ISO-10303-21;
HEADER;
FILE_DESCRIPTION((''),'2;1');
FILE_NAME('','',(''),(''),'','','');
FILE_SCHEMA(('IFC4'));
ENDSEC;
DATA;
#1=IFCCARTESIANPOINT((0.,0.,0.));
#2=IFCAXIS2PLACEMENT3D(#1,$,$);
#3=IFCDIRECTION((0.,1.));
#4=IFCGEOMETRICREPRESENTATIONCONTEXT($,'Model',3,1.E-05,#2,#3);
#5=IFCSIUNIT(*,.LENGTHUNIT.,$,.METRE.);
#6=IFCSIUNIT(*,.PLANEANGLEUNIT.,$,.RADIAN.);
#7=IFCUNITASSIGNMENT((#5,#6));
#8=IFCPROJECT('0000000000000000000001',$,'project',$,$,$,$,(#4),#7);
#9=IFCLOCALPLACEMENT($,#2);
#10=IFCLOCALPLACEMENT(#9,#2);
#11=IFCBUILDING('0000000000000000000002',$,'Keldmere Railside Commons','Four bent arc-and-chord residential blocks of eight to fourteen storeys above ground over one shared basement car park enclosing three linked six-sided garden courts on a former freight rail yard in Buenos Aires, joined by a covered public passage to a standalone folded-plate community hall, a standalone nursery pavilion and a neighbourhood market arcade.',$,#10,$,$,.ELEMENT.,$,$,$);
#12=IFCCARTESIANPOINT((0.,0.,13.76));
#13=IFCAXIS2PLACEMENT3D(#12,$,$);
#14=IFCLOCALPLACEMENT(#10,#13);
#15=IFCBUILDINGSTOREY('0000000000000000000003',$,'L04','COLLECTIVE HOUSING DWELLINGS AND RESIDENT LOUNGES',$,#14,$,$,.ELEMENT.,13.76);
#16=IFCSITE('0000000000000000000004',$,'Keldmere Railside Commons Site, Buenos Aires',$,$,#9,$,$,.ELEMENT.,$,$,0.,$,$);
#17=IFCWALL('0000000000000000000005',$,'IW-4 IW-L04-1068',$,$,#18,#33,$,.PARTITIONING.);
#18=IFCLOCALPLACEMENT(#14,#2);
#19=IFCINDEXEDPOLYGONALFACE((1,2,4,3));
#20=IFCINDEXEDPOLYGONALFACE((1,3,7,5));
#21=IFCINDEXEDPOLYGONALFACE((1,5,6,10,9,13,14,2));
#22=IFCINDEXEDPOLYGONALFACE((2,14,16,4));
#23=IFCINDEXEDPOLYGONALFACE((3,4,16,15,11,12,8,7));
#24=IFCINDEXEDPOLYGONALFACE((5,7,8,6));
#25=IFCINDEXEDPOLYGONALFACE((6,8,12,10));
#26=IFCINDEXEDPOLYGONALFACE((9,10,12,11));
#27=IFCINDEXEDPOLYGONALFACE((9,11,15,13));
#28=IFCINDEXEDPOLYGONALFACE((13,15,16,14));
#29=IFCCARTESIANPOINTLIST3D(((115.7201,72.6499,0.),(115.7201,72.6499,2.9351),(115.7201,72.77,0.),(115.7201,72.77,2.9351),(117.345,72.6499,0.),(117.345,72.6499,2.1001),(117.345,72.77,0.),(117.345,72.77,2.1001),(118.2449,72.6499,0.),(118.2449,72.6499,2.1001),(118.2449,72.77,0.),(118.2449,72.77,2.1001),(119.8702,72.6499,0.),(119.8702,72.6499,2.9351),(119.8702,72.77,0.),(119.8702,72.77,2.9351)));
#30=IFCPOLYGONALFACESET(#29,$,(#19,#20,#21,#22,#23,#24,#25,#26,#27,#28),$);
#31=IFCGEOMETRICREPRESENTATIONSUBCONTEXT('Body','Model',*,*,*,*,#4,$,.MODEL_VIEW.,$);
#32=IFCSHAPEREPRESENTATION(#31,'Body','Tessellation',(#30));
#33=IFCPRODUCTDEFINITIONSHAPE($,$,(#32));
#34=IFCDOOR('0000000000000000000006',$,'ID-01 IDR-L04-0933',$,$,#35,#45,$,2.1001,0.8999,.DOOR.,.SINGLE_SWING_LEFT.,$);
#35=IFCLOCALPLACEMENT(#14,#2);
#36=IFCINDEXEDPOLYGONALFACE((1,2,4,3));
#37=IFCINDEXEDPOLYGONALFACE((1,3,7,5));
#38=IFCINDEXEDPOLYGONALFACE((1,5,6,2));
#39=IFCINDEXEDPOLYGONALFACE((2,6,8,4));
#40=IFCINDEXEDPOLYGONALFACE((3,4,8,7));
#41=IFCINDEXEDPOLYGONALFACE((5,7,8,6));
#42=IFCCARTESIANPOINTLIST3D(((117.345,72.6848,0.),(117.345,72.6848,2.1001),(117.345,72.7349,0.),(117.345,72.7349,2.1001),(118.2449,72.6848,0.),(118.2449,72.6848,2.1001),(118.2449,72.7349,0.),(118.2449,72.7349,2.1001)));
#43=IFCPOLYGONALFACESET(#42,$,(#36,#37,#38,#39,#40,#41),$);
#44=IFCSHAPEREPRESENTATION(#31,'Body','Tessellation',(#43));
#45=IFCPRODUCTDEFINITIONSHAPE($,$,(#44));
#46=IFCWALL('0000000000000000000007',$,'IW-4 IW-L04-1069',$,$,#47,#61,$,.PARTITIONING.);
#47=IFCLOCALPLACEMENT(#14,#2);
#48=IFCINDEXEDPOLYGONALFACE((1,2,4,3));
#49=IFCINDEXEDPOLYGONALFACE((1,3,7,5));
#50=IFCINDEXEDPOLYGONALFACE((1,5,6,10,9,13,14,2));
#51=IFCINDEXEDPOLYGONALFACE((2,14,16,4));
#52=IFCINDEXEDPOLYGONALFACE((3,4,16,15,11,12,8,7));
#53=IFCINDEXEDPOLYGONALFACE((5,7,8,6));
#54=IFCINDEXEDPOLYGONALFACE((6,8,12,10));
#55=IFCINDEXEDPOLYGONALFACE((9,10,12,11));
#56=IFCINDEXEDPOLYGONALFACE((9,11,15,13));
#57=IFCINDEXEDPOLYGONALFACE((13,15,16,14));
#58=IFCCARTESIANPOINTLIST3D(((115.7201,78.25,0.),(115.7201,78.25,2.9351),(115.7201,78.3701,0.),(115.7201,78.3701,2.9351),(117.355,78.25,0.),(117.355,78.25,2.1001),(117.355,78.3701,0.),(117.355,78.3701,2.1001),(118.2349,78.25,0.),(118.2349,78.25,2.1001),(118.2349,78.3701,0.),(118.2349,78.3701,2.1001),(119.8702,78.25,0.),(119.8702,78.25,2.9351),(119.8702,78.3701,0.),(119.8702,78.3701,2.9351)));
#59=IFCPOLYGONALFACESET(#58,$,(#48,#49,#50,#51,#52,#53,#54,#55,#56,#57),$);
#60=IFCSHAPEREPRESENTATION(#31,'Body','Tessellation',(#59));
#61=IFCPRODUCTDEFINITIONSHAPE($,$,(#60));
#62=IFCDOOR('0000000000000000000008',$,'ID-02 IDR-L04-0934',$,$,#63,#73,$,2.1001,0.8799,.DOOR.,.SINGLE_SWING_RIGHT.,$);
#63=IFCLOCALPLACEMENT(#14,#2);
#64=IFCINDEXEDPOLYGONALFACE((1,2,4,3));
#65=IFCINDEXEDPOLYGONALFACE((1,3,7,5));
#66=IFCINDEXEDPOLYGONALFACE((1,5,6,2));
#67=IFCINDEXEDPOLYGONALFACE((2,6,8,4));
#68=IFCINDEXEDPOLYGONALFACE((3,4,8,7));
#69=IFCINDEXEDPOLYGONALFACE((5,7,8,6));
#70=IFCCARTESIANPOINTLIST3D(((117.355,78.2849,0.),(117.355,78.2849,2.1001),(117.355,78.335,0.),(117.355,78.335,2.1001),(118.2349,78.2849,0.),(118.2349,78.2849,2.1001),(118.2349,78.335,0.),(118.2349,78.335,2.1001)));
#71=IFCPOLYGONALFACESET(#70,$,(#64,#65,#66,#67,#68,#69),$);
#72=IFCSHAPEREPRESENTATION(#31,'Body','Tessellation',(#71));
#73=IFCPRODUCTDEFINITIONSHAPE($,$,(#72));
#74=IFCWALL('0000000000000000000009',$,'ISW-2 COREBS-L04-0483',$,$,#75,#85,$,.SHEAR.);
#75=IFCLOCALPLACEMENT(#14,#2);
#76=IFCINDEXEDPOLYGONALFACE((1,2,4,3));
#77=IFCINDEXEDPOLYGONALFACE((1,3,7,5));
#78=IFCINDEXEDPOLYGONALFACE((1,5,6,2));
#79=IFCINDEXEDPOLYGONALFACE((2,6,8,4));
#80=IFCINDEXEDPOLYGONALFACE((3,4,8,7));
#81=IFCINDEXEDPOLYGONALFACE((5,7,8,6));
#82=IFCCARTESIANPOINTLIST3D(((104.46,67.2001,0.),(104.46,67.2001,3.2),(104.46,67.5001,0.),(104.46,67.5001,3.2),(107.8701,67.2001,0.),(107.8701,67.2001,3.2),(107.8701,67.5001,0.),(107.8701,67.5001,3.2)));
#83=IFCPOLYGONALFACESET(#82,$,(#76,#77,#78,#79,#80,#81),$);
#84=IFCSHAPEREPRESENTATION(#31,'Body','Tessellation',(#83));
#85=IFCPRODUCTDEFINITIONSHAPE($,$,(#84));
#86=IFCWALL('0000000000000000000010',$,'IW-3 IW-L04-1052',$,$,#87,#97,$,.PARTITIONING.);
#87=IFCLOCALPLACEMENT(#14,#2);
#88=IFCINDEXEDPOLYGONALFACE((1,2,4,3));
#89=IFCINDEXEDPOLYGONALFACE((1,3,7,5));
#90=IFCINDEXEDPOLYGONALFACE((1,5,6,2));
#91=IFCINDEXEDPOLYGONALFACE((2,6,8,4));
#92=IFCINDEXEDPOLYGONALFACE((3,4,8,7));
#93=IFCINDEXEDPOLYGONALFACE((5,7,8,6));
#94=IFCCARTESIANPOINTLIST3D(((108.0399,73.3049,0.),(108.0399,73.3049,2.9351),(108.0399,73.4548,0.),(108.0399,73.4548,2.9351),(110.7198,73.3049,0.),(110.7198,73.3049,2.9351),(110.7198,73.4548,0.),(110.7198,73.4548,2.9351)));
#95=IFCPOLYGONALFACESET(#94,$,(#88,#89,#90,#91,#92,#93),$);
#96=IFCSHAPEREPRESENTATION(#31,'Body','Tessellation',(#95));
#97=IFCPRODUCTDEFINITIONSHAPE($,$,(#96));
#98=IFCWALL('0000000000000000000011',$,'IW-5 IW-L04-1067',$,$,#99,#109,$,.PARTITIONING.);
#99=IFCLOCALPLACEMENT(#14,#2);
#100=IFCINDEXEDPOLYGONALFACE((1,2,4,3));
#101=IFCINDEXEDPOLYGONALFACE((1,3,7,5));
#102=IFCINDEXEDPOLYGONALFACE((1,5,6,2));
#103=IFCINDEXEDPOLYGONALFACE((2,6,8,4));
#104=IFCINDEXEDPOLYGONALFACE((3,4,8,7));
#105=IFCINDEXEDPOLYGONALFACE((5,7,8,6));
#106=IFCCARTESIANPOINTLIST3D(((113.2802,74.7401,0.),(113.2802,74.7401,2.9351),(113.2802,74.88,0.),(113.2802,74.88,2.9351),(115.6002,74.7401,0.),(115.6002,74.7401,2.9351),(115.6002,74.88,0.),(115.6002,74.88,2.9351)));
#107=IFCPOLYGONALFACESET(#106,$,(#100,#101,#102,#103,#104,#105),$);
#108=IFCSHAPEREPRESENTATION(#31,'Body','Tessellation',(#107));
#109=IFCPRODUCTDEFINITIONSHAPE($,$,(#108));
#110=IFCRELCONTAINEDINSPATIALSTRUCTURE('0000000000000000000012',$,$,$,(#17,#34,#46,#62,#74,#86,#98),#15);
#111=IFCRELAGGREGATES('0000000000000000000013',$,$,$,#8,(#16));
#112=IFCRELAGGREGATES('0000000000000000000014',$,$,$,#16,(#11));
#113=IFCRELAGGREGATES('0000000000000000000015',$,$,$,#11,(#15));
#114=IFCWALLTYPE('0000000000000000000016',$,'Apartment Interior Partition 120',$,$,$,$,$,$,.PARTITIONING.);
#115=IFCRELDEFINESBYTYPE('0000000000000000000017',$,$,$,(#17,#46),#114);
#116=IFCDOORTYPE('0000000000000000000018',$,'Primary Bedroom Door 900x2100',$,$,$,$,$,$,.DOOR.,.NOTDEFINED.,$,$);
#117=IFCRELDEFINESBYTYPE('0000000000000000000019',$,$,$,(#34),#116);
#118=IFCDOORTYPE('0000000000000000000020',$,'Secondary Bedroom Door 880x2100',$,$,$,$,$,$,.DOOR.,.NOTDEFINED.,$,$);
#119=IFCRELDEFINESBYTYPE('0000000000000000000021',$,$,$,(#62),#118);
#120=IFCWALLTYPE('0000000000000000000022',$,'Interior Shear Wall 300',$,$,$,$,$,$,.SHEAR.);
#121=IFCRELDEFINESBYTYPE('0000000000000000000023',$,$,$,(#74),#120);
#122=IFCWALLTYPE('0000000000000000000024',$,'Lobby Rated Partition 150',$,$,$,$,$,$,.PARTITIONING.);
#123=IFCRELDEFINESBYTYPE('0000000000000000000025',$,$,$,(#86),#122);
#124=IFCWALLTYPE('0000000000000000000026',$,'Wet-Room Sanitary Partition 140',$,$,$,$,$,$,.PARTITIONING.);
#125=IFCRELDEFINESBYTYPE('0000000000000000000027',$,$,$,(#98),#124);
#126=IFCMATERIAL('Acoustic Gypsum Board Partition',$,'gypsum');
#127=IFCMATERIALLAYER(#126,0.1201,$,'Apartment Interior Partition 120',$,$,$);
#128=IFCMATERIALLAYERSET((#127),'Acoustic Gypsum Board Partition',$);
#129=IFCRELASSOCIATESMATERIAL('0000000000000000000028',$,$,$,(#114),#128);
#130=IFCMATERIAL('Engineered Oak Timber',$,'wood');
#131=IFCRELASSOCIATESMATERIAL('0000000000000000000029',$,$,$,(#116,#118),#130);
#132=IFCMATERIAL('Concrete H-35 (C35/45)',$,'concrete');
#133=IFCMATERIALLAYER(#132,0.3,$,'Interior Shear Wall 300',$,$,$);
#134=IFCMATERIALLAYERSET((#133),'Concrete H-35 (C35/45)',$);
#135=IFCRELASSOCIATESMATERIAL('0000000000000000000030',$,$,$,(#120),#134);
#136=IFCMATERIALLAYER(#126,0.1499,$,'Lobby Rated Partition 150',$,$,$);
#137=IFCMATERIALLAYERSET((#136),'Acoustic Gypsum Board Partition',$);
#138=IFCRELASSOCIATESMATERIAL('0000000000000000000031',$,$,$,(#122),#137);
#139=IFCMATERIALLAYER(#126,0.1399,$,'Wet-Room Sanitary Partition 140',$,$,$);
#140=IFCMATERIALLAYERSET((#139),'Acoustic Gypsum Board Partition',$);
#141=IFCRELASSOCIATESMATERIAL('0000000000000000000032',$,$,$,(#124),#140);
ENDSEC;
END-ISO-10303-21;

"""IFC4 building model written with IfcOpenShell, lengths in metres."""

from ifc_helpers import new_model, si_unit, direction, frame, frame_2d, origin, place, context, subcontext, project, spatial, rectangle, extrude, material, layer, layer_set, type_object, element, fill, save


model = new_model("IFC4")

# Units and contexts
model_context = context("Model", 3, precision=1e-05, world=origin(), true_north=direction((0.0, 1.0)))
body_context = subcontext(model_context, "Body", "Model", "MODEL_VIEW")
ifc_project = project(units=[si_unit("LENGTHUNIT", "METRE"), si_unit("PLANEANGLEUNIT", "RADIAN")], contexts=[model_context])

# Site, building, storey
site_placement = place(None, origin())
site = spatial("IfcSite", under=ifc_project, at=site_placement, Name="Keldmere Railside Commons Site, Buenos Aires", CompositionType="ELEMENT", RefElevation=0.0)
building_placement = place(site_placement, origin())
building = spatial("IfcBuilding", under=site, at=building_placement, Name="Keldmere Railside Commons", Description="Four bent arc-and-chord residential blocks of eight to fourteen storeys above ground over one shared basement car park enclosing three linked six-sided garden courts on a former freight rail yard in Buenos Aires, joined by a covered public passage to a standalone folded-plate community hall, a standalone nursery pavilion and a neighbourhood market arcade.", CompositionType="ELEMENT")
storey_placement = place(building_placement, frame((0.0, 0.0, 13.76)))
storey = spatial("IfcBuildingStorey", under=building, at=storey_placement, Name="L04", Description="COLLECTIVE HOUSING DWELLINGS AND RESIDENT LOUNGES", CompositionType="ELEMENT", Elevation=13.76)

# Shared definitions
ifc_material_1 = material(Name="Concrete H-35 (C35/45)", Category="concrete")

# Shared definitions
ifc_material_2 = material(Name="Acoustic Gypsum Board Partition", Category="gypsum")

# Shared definitions
ifc_layer_1 = layer(ifc_material_2, 0.1201, Name="Apartment Interior Partition 120")
ifc_layer_set_1 = layer_set([ifc_layer_1], Name="Acoustic Gypsum Board Partition")
wall_type_1 = type_object("IfcWallType", Name="Apartment Interior Partition 120", PredefinedType="PARTITIONING", material=ifc_layer_set_1)
ifc_material_3 = material(Name="Engineered Oak Timber", Category="wood")

# Walls, openings, doors
wall_1_placement = place(storey_placement, frame((115.72, 72.71, 0.0), z_axis=(0.0, 0.0, 1.0), x_axis=(1.0, 0.0, 0.0)))
wall_1 = element("IfcWall", 1, at=wall_1_placement, inside=storey, type_object=wall_type_1, Name="IW-4 IW-L04-1068", PredefinedType="PARTITIONING", context=body_context, shape_type="SweptSolid", body=[
    extrude(rectangle(XDim=4.1501, YDim=0.1201, at=frame_2d((2.0752, 0.0))), origin(), (0.0, 0.0, 1.0), 2.9351),
])
opening_1_placement = place(wall_1_placement, frame((1.625, 0.0, 0.0)))
opening_1 = element("IfcOpeningElement", 2, at=opening_1_placement, cuts=wall_1, PredefinedType="OPENING", context=body_context, shape_type="SweptSolid", body=[
    extrude(rectangle(XDim=0.8999, YDim=2.1001, at=frame_2d((0.45, 1.05))), frame((0.0, 0.0701, 0.0), z_axis=(0.0, -1.0, 0.0), x_axis=(1.0, 0.0, 0.0)), (0.0, 0.0, 1.0), 0.1401),
])
door_type_1 = type_object("IfcDoorType", Name="Primary Bedroom Door 900x2100", OperationType="NOTDEFINED", PredefinedType="DOOR", material=ifc_material_3)
door_1_placement = place(opening_1_placement, origin())
door_1 = element("IfcDoor", 3, at=door_1_placement, inside=storey, type_object=door_type_1, Name="ID-01 IDR-L04-0933", OperationType="SINGLE_SWING_LEFT", OverallHeight=2.1001, OverallWidth=0.8999, PredefinedType="DOOR", context=body_context, shape_type="SweptSolid", body=[
    extrude(rectangle(XDim=0.8999, YDim=2.1001, at=frame_2d((0.45, 1.05))), frame((0.0, 0.0249, 0.0), z_axis=(0.0, -1.0, 0.0), x_axis=(1.0, 0.0, 0.0)), (0.0, 0.0, 1.0), 0.05),
])
fill(opening_1, door_1)
wall_2_placement = place(storey_placement, frame((115.72, 78.3101, 0.0), z_axis=(0.0, 0.0, 1.0), x_axis=(1.0, 0.0, 0.0)))
wall_2 = element("IfcWall", 4, at=wall_2_placement, inside=storey, type_object=wall_type_1, Name="IW-4 IW-L04-1069", PredefinedType="PARTITIONING", context=body_context, shape_type="SweptSolid", body=[
    extrude(rectangle(XDim=4.1501, YDim=0.1201, at=frame_2d((2.0752, 0.0))), origin(), (0.0, 0.0, 1.0), 2.9351),
])
opening_2_placement = place(wall_2_placement, frame((1.635, 0.0, 0.0)))
opening_2 = element("IfcOpeningElement", 5, at=opening_2_placement, cuts=wall_2, PredefinedType="OPENING", context=body_context, shape_type="SweptSolid", body=[
    extrude(rectangle(XDim=0.8799, YDim=2.1001, at=frame_2d((0.4399, 1.05))), frame((0.0, 0.0701, 0.0), z_axis=(0.0, -1.0, 0.0), x_axis=(1.0, 0.0, 0.0)), (0.0, 0.0, 1.0), 0.1401),
])
door_type_2 = type_object("IfcDoorType", Name="Secondary Bedroom Door 880x2100", OperationType="NOTDEFINED", PredefinedType="DOOR", material=ifc_material_3)
door_2_placement = place(opening_2_placement, origin())
door_2 = element("IfcDoor", 6, at=door_2_placement, inside=storey, type_object=door_type_2, Name="ID-02 IDR-L04-0934", OperationType="SINGLE_SWING_RIGHT", OverallHeight=2.1001, OverallWidth=0.8799, PredefinedType="DOOR", context=body_context, shape_type="SweptSolid", body=[
    extrude(rectangle(XDim=0.8799, YDim=2.1001, at=frame_2d((0.4399, 1.05))), frame((0.0, 0.0249, 0.0), z_axis=(0.0, -1.0, 0.0), x_axis=(1.0, 0.0, 0.0)), (0.0, 0.0, 1.0), 0.05),
])
fill(opening_2, door_2)

# Walls
ifc_layer_2 = layer(ifc_material_1, 0.3, Name="Interior Shear Wall 300")
ifc_layer_set_2 = layer_set([ifc_layer_2], Name="Concrete H-35 (C35/45)")
wall_type_2 = type_object("IfcWallType", Name="Interior Shear Wall 300", PredefinedType="SHEAR", material=ifc_layer_set_2)
wall_3_placement = place(storey_placement, frame((107.8701, 67.3501, 0.0), z_axis=(0.0, 0.0, 1.0), x_axis=(-1.0, 0.0, 0.0)))
element("IfcWall", 7, at=wall_3_placement, inside=storey, type_object=wall_type_2, Name="ISW-2 COREBS-L04-0483", PredefinedType="SHEAR", context=body_context, shape_type="SweptSolid", body=[
    extrude(rectangle(XDim=3.4102, YDim=0.3, at=frame_2d((1.7051, 0.0))), origin(), (0.0, 0.0, 1.0), 3.2),
])
ifc_layer_3 = layer(ifc_material_2, 0.1499, Name="Lobby Rated Partition 150")
ifc_layer_set_3 = layer_set([ifc_layer_3], Name="Acoustic Gypsum Board Partition")
wall_type_3 = type_object("IfcWallType", Name="Lobby Rated Partition 150", PredefinedType="PARTITIONING", material=ifc_layer_set_3)
wall_4_placement = place(storey_placement, frame((108.04, 73.3799, 0.0), z_axis=(0.0, 0.0, 1.0), x_axis=(1.0, 0.0, 0.0)))
element("IfcWall", 8, at=wall_4_placement, inside=storey, type_object=wall_type_3, Name="IW-3 IW-L04-1052", PredefinedType="PARTITIONING", context=body_context, shape_type="SweptSolid", body=[
    extrude(rectangle(XDim=2.6799, YDim=0.1499, at=frame_2d((1.3398, 0.0))), origin(), (0.0, 0.0, 1.0), 2.9351),
])
ifc_layer_4 = layer(ifc_material_2, 0.1399, Name="Wet-Room Sanitary Partition 140")
ifc_layer_set_4 = layer_set([ifc_layer_4], Name="Acoustic Gypsum Board Partition")
wall_type_4 = type_object("IfcWallType", Name="Wet-Room Sanitary Partition 140", PredefinedType="PARTITIONING", material=ifc_layer_set_4)
wall_5_placement = place(storey_placement, frame((113.28, 74.8101, 0.0), z_axis=(0.0, 0.0, 1.0), x_axis=(1.0, 0.0, 0.0)))
element("IfcWall", 9, at=wall_5_placement, inside=storey, type_object=wall_type_4, Name="IW-5 IW-L04-1067", PredefinedType="PARTITIONING", context=body_context, shape_type="SweptSolid", body=[
    extrude(rectangle(XDim=2.3201, YDim=0.1399, at=frame_2d((1.1602, 0.0))), origin(), (0.0, 0.0, 1.0), 2.9351),
])

save(model, "model.ifc")
